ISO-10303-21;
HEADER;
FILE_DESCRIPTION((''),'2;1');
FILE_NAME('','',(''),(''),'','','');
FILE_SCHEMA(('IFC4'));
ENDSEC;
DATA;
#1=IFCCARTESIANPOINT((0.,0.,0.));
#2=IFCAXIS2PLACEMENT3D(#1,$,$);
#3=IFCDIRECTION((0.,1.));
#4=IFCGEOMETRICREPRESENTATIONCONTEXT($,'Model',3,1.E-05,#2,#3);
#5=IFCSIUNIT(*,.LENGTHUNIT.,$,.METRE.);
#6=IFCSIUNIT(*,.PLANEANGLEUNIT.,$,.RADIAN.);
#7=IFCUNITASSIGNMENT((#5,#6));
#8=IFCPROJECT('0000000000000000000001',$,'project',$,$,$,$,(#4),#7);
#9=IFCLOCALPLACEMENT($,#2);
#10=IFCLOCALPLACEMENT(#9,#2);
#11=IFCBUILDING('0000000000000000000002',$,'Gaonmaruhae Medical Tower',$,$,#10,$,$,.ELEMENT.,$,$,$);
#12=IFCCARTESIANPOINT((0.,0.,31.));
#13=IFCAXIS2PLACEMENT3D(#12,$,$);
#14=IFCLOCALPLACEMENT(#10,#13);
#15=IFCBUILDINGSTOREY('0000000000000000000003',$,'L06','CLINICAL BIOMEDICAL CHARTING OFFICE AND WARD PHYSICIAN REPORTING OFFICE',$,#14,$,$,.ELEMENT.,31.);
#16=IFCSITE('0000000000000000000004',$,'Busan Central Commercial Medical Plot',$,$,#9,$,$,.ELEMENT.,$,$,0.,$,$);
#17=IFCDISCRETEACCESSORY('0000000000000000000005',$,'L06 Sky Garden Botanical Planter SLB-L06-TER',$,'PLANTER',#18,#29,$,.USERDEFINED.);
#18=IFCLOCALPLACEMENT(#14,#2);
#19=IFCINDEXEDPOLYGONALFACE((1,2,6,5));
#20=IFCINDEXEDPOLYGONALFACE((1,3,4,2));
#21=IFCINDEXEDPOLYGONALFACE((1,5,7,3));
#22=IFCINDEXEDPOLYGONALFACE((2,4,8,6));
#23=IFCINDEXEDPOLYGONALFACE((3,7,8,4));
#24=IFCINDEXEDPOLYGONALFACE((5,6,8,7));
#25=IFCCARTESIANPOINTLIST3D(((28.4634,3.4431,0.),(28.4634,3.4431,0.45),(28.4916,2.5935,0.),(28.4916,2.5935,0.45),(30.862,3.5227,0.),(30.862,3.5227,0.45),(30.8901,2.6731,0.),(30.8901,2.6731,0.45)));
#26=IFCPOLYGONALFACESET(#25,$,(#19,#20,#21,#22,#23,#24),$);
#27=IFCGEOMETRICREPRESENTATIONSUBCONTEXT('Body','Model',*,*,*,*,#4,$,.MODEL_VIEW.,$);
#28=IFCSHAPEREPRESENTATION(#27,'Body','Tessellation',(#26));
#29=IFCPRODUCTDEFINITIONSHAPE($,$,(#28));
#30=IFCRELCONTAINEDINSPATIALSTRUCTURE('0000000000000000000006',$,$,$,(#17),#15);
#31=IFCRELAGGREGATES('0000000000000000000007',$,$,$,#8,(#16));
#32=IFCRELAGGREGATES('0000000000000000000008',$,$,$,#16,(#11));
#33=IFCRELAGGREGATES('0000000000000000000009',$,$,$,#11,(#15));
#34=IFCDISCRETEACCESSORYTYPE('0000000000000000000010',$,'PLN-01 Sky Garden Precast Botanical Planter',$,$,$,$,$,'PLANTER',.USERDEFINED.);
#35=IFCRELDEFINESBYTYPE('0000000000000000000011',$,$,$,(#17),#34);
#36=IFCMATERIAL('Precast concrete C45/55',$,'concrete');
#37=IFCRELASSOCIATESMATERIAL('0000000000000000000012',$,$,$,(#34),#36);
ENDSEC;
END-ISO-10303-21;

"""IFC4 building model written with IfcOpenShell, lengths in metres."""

from ifc_helpers import new_model, si_unit, direction, frame, origin, origin_2d, place, context, subcontext, project, spatial, rectangle, extrude, material, type_object, element, save


model = new_model("IFC4")

# Units and contexts
model_context = context("Model", 3, precision=1e-05, world=origin(), true_north=direction((0.0, 1.0)))
body_context = subcontext(model_context, "Body", "Model", "MODEL_VIEW")
ifc_project = project(units=[si_unit("LENGTHUNIT", "METRE"), si_unit("PLANEANGLEUNIT", "RADIAN")], contexts=[model_context])

# Site, building, storey
site_placement = place(None, origin())
site = spatial("IfcSite", under=ifc_project, at=site_placement, Name="Busan Central Commercial Medical Plot", CompositionType="ELEMENT", RefElevation=0.0)
building_placement = place(site_placement, origin())
building = spatial("IfcBuilding", under=site, at=building_placement, Name="Gaonmaruhae Medical Tower", CompositionType="ELEMENT")
storey_placement = place(building_placement, frame((0.0, 0.0, 31.0)))
storey = spatial("IfcBuildingStorey", under=building, at=storey_placement, Name="L06", Description="CLINICAL BIOMEDICAL CHARTING OFFICE AND WARD PHYSICIAN REPORTING OFFICE", CompositionType="ELEMENT", Elevation=31.0)

# Shared definitions
ifc_material_1 = material(Name="Precast concrete C45/55", Category="concrete")

# Discrete accessory
discrete_accessory_type = type_object("IfcDiscreteAccessoryType", Name="PLN-01 Sky Garden Precast Botanical Planter", ElementType="PLANTER", PredefinedType="USERDEFINED", material=ifc_material_1)
discrete_accessory_placement = place(storey_placement, frame((29.6768, 3.0581, 0.0), z_axis=(0.0, 0.0, 1.0), x_axis=(0.99945, 0.033155, 0.0)))
element("IfcDiscreteAccessory", 1, at=discrete_accessory_placement, inside=storey, type_object=discrete_accessory_type, Name="L06 Sky Garden Botanical Planter SLB-L06-TER", ObjectType="PLANTER", PredefinedType="USERDEFINED", context=body_context, shape_type="SweptSolid", body=[
    extrude(rectangle(XDim=2.3999, YDim=0.8501, at=origin_2d()), origin(), (0.0, 0.0, 1.0), 0.45),
])

save(model, "model.ifc")
